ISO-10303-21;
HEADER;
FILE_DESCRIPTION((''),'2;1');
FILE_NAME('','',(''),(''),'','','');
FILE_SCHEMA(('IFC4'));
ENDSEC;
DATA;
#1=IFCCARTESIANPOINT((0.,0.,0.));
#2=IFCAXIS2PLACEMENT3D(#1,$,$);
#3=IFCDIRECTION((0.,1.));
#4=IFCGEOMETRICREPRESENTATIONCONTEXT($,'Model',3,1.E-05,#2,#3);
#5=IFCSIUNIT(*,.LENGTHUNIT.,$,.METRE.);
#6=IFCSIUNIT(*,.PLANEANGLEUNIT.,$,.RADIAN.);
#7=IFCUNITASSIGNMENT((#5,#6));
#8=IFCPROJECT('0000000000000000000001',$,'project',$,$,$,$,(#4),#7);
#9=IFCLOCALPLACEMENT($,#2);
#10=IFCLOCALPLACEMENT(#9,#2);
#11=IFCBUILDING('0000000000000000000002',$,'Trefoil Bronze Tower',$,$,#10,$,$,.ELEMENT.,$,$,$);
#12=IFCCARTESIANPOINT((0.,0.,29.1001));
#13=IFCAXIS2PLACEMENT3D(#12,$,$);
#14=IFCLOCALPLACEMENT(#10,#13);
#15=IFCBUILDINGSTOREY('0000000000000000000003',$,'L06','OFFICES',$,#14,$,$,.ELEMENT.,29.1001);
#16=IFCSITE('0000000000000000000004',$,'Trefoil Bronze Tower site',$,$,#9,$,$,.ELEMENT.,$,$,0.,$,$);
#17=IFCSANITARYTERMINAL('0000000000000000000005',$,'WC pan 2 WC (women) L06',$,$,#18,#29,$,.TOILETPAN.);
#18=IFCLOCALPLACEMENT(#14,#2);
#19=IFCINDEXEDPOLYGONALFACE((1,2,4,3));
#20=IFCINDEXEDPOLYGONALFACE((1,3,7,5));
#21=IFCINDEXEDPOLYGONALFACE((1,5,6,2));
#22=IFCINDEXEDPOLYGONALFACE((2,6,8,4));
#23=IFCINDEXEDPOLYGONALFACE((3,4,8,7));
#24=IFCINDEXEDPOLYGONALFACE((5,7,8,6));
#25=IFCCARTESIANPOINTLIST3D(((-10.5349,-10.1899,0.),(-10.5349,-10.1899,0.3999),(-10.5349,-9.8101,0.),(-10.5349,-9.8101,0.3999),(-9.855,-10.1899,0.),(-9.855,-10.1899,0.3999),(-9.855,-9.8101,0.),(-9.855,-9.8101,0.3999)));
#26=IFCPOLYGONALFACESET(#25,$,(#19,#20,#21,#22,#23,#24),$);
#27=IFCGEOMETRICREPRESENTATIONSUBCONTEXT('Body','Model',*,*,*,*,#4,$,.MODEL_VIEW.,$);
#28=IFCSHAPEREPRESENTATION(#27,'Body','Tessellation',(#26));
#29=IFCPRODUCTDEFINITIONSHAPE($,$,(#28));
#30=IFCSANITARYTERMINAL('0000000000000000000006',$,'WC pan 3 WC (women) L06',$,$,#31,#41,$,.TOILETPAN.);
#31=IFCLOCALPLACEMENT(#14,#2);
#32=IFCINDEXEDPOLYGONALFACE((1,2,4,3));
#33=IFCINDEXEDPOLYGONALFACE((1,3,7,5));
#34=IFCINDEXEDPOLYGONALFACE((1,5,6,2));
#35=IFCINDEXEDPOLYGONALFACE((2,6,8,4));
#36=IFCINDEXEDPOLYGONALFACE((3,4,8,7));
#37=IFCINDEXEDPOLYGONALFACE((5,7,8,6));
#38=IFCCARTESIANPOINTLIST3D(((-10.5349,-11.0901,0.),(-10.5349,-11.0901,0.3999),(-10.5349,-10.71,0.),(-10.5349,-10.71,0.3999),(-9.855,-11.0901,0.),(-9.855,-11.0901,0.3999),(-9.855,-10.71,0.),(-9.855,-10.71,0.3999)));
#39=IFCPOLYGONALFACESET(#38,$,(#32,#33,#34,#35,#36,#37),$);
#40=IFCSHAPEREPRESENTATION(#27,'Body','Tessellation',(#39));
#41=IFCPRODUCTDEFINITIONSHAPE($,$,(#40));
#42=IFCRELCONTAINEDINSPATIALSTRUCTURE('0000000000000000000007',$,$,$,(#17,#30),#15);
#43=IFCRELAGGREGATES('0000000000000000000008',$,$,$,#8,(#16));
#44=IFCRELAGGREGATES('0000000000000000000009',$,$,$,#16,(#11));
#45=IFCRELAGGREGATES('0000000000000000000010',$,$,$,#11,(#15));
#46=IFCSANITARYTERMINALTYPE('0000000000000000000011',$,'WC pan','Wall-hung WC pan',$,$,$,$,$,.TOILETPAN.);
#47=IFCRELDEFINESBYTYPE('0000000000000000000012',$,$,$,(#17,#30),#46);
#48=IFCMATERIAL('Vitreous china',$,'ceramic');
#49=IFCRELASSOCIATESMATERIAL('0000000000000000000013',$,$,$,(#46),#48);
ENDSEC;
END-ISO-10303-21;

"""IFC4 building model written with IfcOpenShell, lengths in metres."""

from ifc_helpers import new_model, si_unit, direction, frame, origin, place, context, subcontext, project, spatial, polyline, outline, extrude, material, type_object, element, save


model = new_model("IFC4")

# Units and contexts
model_context = context("Model", 3, precision=1e-05, world=origin(), true_north=direction((0.0, 1.0)))
body_context = subcontext(model_context, "Body", "Model", "MODEL_VIEW")
ifc_project = project(units=[si_unit("LENGTHUNIT", "METRE"), si_unit("PLANEANGLEUNIT", "RADIAN")], contexts=[model_context])

# Site, building, storey
site_placement = place(None, origin())
site = spatial("IfcSite", under=ifc_project, at=site_placement, Name="Trefoil Bronze Tower site", CompositionType="ELEMENT", RefElevation=0.0)
building_placement = place(site_placement, origin())
building = spatial("IfcBuilding", under=site, at=building_placement, Name="Trefoil Bronze Tower", CompositionType="ELEMENT")
storey_placement = place(building_placement, frame((0.0, 0.0, 29.1001)))
storey = spatial("IfcBuildingStorey", under=building, at=storey_placement, Name="L06", Description="OFFICES", CompositionType="ELEMENT", Elevation=29.1001)

# Sanitary terminals
ifc_material_1 = material(Name="Vitreous china", Category="ceramic")
sanitary_terminal_type = type_object("IfcSanitaryTerminalType", Name="WC pan", Description="Wall-hung WC pan", PredefinedType="TOILETPAN", material=ifc_material_1)
sanitary_terminal_1_placement = place(storey_placement, origin())
element("IfcSanitaryTerminal", 1, at=sanitary_terminal_1_placement, inside=storey, type_object=sanitary_terminal_type, Name="WC pan 2 WC (women) L06", PredefinedType="TOILETPAN", context=body_context, shape_type="SweptSolid", body=[
    extrude(outline(polyline([(-9.855, -9.8101), (-10.5349, -9.8101), (-10.5349, -10.1899), (-9.855, -10.1899), (-9.855, -9.8101)])), origin(), (0.0, 0.0, 1.0), 0.3999),
])
sanitary_terminal_2_placement = place(storey_placement, origin())
element("IfcSanitaryTerminal", 2, at=sanitary_terminal_2_placement, inside=storey, type_object=sanitary_terminal_type, Name="WC pan 3 WC (women) L06", PredefinedType="TOILETPAN", context=body_context, shape_type="SweptSolid", body=[
    extrude(outline(polyline([(-9.855, -10.71), (-10.5349, -10.71), (-10.5349, -11.0901), (-9.855, -11.0901), (-9.855, -10.71)])), origin(), (0.0, 0.0, 1.0), 0.3999),
])

save(model, "model.ifc")
